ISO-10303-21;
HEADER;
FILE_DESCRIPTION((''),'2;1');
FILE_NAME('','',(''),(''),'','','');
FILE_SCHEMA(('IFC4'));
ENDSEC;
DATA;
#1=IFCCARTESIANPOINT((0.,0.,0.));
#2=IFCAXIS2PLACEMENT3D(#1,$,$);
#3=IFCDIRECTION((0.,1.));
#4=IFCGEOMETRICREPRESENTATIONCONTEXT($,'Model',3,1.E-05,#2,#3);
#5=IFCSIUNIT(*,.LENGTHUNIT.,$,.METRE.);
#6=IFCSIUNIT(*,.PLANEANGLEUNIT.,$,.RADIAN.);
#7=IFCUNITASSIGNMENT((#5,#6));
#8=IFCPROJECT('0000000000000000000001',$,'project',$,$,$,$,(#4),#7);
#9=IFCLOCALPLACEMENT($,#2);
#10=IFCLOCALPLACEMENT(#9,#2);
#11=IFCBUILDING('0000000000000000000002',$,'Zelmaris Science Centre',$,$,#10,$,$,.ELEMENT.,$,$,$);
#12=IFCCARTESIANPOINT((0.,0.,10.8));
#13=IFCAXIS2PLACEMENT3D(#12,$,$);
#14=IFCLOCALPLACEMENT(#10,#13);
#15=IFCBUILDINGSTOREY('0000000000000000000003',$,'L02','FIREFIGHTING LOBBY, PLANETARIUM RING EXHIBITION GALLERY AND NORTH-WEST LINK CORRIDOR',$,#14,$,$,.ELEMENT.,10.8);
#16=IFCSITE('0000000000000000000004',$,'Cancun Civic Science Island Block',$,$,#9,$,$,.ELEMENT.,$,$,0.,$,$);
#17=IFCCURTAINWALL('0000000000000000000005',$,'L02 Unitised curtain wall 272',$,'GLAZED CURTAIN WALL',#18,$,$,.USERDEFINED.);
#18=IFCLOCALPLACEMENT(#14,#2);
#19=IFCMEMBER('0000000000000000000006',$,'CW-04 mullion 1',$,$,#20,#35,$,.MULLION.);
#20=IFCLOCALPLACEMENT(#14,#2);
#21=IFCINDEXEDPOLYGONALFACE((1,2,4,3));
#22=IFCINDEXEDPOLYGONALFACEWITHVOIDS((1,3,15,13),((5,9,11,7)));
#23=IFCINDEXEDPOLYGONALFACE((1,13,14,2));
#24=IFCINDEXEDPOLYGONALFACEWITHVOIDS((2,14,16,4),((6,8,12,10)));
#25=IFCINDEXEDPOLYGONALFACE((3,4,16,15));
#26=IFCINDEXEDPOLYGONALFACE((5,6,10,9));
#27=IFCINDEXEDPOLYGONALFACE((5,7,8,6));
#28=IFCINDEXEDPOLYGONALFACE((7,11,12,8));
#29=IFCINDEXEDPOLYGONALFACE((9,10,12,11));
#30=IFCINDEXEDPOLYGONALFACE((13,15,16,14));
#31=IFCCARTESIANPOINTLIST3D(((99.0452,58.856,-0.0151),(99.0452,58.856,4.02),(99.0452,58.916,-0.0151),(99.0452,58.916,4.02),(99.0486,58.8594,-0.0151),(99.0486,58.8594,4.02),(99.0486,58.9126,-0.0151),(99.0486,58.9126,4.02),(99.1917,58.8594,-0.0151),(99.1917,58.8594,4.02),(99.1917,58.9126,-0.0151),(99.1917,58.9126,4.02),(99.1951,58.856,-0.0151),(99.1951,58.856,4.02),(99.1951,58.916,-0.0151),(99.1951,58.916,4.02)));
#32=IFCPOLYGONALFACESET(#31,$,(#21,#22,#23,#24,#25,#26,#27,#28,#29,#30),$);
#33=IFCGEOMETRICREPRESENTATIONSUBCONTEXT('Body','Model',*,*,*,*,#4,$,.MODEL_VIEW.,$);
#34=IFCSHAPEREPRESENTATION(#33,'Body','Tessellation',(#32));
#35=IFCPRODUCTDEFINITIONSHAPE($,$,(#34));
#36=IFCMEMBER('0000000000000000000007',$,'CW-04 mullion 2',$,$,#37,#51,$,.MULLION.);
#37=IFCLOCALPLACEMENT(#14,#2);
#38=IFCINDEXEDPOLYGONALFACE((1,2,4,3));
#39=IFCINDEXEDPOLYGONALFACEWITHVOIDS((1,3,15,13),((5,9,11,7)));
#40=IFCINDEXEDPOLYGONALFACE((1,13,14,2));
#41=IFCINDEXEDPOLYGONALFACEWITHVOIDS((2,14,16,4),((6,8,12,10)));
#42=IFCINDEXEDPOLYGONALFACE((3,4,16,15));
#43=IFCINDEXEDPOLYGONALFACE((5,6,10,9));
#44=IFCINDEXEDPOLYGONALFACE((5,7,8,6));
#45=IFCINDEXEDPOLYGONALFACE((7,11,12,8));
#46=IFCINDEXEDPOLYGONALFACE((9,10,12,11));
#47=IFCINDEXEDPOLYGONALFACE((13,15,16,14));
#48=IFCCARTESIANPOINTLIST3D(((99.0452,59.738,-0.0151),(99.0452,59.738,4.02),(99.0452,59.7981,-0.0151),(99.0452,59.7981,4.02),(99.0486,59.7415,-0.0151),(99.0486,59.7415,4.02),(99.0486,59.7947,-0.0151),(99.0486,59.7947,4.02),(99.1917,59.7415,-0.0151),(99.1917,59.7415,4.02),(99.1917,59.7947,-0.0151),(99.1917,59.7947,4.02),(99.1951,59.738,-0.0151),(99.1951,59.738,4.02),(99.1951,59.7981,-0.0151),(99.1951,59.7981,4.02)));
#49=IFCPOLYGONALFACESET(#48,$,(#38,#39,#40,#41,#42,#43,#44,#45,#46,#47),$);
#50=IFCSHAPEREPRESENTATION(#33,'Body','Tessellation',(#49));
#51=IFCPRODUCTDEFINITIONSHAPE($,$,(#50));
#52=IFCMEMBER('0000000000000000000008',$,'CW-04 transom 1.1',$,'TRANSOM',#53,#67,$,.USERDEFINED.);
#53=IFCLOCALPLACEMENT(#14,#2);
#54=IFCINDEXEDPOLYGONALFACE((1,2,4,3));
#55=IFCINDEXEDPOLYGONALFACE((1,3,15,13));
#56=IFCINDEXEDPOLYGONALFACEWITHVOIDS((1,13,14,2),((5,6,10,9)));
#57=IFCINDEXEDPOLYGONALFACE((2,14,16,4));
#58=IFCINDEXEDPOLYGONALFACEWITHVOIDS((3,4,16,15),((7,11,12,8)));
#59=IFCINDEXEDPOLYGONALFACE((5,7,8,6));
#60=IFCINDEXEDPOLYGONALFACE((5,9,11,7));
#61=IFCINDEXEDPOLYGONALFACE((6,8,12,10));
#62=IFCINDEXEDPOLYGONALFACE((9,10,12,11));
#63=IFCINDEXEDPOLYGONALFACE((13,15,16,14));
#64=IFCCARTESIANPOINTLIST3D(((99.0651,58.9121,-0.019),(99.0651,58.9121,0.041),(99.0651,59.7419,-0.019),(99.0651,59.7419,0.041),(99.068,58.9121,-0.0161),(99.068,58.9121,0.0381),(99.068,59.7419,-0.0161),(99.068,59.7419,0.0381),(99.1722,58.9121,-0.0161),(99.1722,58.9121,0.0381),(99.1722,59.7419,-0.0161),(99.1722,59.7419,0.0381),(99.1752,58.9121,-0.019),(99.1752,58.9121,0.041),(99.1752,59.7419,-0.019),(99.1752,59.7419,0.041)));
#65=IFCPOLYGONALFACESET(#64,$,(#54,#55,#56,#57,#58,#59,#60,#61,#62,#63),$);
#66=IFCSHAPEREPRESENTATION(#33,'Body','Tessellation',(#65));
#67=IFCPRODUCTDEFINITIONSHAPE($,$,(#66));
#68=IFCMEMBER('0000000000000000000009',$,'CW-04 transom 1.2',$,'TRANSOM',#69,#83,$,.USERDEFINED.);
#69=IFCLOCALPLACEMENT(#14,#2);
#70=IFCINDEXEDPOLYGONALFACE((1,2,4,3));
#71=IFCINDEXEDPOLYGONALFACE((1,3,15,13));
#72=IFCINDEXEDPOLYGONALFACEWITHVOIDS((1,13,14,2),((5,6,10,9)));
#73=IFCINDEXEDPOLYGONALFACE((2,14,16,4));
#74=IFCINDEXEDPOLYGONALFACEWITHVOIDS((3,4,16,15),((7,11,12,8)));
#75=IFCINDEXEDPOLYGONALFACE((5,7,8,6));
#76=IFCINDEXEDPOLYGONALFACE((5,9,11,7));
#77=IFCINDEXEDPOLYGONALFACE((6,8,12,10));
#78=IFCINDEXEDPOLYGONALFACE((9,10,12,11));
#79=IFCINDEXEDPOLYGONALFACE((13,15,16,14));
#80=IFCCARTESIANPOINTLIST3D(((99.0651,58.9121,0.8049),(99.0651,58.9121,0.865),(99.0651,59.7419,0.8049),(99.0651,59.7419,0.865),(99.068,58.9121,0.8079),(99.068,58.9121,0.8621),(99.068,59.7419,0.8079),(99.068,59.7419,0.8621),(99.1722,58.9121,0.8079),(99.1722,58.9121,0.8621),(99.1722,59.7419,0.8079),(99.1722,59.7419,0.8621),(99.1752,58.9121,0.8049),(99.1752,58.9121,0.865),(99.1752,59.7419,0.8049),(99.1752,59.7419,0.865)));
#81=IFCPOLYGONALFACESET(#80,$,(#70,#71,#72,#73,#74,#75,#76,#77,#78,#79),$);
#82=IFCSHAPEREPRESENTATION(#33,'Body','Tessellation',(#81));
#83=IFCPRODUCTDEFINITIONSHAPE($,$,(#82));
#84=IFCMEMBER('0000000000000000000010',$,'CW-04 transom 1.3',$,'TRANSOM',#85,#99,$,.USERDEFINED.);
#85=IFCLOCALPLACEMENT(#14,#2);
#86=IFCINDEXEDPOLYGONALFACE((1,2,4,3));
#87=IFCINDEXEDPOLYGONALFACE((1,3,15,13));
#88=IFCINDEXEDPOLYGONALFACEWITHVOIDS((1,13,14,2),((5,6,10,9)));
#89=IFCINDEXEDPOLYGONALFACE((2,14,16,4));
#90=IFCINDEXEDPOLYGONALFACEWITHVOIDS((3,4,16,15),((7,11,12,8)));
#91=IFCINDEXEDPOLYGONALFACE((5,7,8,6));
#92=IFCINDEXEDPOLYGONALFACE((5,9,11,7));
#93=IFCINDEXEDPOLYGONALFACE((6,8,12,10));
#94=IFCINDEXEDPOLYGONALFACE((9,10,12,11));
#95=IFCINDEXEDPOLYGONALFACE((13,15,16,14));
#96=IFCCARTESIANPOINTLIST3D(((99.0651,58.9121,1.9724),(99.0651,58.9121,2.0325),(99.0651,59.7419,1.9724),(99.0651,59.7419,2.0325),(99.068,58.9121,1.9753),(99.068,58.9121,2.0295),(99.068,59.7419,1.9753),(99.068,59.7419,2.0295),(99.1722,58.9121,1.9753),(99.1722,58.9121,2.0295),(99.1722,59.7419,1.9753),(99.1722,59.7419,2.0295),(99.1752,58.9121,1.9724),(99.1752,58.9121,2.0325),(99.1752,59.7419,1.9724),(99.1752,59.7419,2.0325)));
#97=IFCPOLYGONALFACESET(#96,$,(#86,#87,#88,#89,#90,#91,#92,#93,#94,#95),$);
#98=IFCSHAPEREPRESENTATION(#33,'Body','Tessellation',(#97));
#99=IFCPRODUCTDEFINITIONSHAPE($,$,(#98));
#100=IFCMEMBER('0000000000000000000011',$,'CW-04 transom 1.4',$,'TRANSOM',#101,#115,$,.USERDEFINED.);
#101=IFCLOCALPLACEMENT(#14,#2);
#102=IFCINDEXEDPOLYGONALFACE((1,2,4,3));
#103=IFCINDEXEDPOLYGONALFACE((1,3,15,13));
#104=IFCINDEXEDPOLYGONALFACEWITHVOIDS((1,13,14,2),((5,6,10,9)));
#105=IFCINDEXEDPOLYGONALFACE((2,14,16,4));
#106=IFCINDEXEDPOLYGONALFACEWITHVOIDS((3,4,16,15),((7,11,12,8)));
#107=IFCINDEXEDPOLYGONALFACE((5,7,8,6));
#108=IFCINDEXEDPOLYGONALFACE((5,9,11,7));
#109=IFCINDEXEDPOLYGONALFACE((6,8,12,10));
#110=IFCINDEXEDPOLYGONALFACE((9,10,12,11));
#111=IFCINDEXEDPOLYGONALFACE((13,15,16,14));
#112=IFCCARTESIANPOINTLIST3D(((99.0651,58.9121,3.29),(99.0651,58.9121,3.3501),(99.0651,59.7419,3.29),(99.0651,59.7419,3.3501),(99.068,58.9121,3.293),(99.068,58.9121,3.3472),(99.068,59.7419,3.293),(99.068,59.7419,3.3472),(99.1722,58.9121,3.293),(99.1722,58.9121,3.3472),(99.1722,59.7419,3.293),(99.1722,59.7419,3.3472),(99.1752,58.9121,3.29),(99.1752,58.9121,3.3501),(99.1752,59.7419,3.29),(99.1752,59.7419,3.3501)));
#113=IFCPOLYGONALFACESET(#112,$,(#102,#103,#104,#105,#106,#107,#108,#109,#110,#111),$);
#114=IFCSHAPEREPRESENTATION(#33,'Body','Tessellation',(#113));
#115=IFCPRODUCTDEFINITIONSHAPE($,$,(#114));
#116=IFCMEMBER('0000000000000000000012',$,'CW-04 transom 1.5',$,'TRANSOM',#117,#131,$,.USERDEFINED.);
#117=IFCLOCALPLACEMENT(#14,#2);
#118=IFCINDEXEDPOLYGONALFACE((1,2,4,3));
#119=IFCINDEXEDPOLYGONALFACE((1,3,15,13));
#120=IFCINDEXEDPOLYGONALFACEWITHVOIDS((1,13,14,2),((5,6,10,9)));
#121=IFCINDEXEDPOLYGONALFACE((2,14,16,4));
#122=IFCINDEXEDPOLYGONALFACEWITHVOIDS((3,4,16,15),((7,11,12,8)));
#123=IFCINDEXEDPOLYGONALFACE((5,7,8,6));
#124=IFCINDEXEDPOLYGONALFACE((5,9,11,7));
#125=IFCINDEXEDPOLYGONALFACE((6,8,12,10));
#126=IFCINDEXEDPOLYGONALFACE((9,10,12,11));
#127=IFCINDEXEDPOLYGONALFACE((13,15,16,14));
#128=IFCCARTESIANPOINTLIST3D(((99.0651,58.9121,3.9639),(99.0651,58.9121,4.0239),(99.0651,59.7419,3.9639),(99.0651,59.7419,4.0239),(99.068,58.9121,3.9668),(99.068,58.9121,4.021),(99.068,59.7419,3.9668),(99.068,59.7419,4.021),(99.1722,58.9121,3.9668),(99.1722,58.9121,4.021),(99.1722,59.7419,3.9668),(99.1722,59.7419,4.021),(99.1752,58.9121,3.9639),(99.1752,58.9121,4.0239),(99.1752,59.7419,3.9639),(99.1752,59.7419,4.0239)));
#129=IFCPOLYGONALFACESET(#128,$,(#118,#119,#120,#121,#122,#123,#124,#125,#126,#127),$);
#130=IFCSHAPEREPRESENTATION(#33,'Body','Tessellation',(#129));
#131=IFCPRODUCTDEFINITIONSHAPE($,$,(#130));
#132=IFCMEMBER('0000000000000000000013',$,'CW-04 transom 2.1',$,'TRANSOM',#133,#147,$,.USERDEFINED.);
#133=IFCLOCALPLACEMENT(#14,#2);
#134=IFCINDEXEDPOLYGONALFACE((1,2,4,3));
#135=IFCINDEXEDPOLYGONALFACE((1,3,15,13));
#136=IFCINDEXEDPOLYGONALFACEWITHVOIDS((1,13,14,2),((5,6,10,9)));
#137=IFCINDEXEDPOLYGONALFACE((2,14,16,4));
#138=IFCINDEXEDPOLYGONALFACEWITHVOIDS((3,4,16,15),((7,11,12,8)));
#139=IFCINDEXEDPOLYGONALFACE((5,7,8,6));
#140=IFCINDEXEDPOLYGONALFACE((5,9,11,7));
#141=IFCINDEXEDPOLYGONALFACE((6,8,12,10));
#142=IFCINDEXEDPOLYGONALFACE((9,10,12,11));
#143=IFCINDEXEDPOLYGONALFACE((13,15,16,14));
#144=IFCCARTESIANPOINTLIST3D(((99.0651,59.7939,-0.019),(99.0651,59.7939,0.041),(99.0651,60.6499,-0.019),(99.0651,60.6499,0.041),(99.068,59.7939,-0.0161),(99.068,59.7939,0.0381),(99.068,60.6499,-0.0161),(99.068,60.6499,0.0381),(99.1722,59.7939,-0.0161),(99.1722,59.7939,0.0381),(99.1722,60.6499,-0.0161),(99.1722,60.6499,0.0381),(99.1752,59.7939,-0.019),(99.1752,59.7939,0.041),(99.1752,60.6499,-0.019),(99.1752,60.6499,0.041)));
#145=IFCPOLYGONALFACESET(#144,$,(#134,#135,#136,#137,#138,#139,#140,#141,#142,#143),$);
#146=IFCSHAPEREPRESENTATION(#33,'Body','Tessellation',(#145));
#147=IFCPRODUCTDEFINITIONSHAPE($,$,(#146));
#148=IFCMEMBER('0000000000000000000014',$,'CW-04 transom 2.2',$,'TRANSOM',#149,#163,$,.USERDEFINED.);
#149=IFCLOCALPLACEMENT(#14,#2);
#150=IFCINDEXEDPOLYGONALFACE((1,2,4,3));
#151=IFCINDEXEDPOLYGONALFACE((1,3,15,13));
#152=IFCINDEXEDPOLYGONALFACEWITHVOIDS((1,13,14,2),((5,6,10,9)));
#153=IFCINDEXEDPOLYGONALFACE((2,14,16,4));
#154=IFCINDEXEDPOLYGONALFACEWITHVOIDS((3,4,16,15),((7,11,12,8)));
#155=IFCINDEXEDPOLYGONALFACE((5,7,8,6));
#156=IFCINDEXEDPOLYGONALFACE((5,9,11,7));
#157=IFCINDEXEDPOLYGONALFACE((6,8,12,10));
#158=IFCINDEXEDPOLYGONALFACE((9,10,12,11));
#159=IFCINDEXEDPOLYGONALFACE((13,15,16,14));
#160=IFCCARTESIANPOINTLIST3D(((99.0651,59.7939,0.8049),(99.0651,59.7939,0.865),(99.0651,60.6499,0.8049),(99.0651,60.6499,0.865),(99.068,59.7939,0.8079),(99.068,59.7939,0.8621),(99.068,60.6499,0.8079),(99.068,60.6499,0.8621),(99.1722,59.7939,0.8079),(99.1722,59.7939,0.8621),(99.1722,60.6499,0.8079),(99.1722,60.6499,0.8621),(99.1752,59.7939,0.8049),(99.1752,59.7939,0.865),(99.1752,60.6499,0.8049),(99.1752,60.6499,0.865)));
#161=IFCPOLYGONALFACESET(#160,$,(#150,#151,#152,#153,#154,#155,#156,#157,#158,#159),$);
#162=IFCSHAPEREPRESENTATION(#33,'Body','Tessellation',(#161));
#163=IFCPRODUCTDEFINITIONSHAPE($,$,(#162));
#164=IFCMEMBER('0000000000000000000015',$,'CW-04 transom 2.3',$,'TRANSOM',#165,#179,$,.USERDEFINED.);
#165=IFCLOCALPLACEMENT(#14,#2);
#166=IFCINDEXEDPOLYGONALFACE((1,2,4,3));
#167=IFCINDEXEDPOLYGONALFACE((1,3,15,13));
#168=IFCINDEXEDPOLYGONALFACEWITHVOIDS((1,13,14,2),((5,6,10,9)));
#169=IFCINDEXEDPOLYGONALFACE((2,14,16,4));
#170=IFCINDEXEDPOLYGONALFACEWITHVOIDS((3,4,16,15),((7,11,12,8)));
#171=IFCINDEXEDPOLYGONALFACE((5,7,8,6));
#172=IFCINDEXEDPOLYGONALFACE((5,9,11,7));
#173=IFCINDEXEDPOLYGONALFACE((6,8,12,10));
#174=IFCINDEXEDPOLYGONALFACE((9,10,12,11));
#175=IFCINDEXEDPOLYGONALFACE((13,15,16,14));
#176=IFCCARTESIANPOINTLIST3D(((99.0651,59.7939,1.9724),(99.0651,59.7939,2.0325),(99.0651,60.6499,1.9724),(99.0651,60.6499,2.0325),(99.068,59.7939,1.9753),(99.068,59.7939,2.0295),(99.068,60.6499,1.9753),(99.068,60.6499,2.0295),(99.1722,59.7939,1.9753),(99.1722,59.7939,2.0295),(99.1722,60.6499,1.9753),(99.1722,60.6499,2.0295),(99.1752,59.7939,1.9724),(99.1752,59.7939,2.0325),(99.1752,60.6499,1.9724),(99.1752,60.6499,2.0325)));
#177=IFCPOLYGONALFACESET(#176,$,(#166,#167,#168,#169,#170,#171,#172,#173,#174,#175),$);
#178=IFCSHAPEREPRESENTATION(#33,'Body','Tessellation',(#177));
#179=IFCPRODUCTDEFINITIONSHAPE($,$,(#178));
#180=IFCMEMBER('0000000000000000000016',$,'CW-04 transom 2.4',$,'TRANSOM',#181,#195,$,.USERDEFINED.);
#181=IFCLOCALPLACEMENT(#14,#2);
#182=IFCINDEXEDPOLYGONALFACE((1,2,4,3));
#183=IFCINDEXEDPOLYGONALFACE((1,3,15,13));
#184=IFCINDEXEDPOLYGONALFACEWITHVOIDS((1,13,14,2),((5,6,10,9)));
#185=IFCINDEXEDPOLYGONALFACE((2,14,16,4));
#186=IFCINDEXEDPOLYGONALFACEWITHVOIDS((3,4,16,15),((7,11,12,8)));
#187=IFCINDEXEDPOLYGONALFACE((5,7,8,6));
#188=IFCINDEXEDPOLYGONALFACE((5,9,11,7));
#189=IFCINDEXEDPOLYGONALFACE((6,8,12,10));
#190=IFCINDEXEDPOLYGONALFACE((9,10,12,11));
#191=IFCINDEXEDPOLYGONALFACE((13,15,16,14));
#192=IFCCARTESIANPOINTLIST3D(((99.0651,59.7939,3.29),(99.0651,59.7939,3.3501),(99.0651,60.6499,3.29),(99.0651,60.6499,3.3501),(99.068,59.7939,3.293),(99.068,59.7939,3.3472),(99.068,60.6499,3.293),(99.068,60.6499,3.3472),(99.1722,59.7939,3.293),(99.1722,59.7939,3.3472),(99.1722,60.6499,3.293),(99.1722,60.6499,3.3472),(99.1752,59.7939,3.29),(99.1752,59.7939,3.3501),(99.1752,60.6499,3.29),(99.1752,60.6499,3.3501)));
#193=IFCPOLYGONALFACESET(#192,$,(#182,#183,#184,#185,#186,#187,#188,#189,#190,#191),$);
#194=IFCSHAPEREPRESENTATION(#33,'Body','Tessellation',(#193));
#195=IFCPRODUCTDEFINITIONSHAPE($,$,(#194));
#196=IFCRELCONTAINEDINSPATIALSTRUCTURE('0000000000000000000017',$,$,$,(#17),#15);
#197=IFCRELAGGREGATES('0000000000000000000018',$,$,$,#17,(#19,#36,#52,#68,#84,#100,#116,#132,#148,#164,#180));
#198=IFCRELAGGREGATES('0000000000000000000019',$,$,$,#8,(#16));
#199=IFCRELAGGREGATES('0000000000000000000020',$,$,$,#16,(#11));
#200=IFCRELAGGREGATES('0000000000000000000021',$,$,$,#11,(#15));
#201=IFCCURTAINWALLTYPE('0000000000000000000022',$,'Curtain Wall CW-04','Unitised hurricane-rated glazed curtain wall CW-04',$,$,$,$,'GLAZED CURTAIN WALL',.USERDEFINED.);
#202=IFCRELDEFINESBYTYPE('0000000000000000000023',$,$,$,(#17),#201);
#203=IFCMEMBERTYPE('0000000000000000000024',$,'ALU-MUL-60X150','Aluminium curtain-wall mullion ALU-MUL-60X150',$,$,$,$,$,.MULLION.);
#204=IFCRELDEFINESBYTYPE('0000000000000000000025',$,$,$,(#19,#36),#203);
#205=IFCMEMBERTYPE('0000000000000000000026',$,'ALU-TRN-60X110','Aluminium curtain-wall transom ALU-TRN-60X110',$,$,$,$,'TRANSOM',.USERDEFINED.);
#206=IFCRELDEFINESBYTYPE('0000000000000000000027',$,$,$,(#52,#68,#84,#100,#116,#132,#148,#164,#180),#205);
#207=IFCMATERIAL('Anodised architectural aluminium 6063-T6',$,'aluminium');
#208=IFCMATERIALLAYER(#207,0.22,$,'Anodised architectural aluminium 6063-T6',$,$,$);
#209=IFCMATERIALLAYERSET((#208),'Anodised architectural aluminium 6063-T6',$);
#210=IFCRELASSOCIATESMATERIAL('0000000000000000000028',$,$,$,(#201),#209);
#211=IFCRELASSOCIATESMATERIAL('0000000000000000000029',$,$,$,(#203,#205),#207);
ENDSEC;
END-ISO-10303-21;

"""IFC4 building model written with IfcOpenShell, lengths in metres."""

from ifc_helpers import new_model, si_unit, direction, frame, origin, origin_2d, place, context, subcontext, project, spatial, hollow_rectangle, extrude, material, layer, layer_set, material_profile, profile_set, type_object, element, aggregate, save


model = new_model("IFC4")

# Units and contexts
model_context = context("Model", 3, precision=1e-05, world=origin(), true_north=direction((0.0, 1.0)))
body_context = subcontext(model_context, "Body", "Model", "MODEL_VIEW")
ifc_project = project(units=[si_unit("LENGTHUNIT", "METRE"), si_unit("PLANEANGLEUNIT", "RADIAN")], contexts=[model_context])

# Site, building, storey
site_placement = place(None, origin())
site = spatial("IfcSite", under=ifc_project, at=site_placement, Name="Cancun Civic Science Island Block", CompositionType="ELEMENT", RefElevation=0.0)
building_placement = place(site_placement, origin())
building = spatial("IfcBuilding", under=site, at=building_placement, Name="Zelmaris Science Centre", CompositionType="ELEMENT")
storey_placement = place(building_placement, frame((0.0, 0.0, 10.8)))
storey = spatial("IfcBuildingStorey", under=building, at=storey_placement, Name="L02", Description="FIREFIGHTING LOBBY, PLANETARIUM RING EXHIBITION GALLERY AND NORTH-WEST LINK CORRIDOR", CompositionType="ELEMENT", Elevation=10.8)

# Curtain wall, members
ifc_material_1 = material(Name="Anodised architectural aluminium 6063-T6", Category="aluminium")
ifc_layer_1 = layer(ifc_material_1, 0.22, Name="Anodised architectural aluminium 6063-T6")
ifc_layer_set_1 = layer_set([ifc_layer_1], Name="Anodised architectural aluminium 6063-T6")
curtain_wall_type_1 = type_object("IfcCurtainWallType", Name="Curtain Wall CW-04", Description="Unitised hurricane-rated glazed curtain wall CW-04", ElementType="GLAZED CURTAIN WALL", PredefinedType="USERDEFINED", material=ifc_layer_set_1)
curtain_wall_1_placement = place(storey_placement, origin())
curtain_wall_1 = element("IfcCurtainWall", 1, at=curtain_wall_1_placement, inside=storey, type_object=curtain_wall_type_1, Name="L02 Unitised curtain wall 272", ObjectType="GLAZED CURTAIN WALL", PredefinedType="USERDEFINED")
ifc_material_profile_1 = material_profile(ifc_material_1, hollow_rectangle(XDim=0.0601, YDim=0.1499, WallThickness=0.0034, at=origin_2d()), Name="ALU-MUL-60X150")
ifc_profile_set_1 = profile_set([ifc_material_profile_1], Name="Anodised architectural aluminium 6063-T6")
member_type_1 = type_object("IfcMemberType", Name="ALU-MUL-60X150", Description="Aluminium curtain-wall mullion ALU-MUL-60X150", PredefinedType="MULLION", material=ifc_profile_set_1)
member_1_placement = place(storey_placement, frame((99.1201, 58.886, -0.0151), z_axis=(0.0, 0.0, 1.0), x_axis=(-0.000005, 1.0, 0.0)))
member_1 = element("IfcMember", 2, at=member_1_placement, type_object=member_type_1, Name="CW-04 mullion 1", PredefinedType="MULLION", context=body_context, shape_type="SweptSolid", body=[
    extrude(hollow_rectangle(XDim=0.0601, YDim=0.1499, WallThickness=0.0034, at=origin_2d()), origin(), (0.0, 0.0, 1.0), 4.0352),
])
member_2_placement = place(storey_placement, frame((99.1201, 59.7681, -0.0151), z_axis=(0.0, 0.0, 1.0), x_axis=(-0.000005, 1.0, 0.0)))
member_2 = element("IfcMember", 3, at=member_2_placement, type_object=member_type_1, Name="CW-04 mullion 2", PredefinedType="MULLION", context=body_context, shape_type="SweptSolid", body=[
    extrude(hollow_rectangle(XDim=0.0601, YDim=0.1499, WallThickness=0.0034, at=origin_2d()), origin(), (0.0, 0.0, 1.0), 4.0352),
])
ifc_material_profile_2 = material_profile(ifc_material_1, hollow_rectangle(XDim=0.0601, YDim=0.1101, WallThickness=0.0029, at=origin_2d()), Name="ALU-TRN-60X110")
ifc_profile_set_2 = profile_set([ifc_material_profile_2], Name="Anodised architectural aluminium 6063-T6")
member_type_2 = type_object("IfcMemberType", Name="ALU-TRN-60X110", Description="Aluminium curtain-wall transom ALU-TRN-60X110", ElementType="TRANSOM", PredefinedType="USERDEFINED", material=ifc_profile_set_2)
member_3_placement = place(storey_placement, frame((99.1201, 58.9121, 0.011), z_axis=(0.0, 1.0, 0.0), x_axis=(0.0, 0.0, 1.0)))
member_3 = element("IfcMember", 4, at=member_3_placement, type_object=member_type_2, Name="CW-04 transom 1.1", ObjectType="TRANSOM", PredefinedType="USERDEFINED", context=body_context, shape_type="SweptSolid", body=[
    extrude(hollow_rectangle(XDim=0.0601, YDim=0.1101, WallThickness=0.0029, at=origin_2d()), origin(), (0.0, 0.0, 1.0), 0.8298),
])
member_4_placement = place(storey_placement, frame((99.1201, 58.9121, 0.835), z_axis=(0.0, 1.0, 0.0), x_axis=(0.0, 0.0, 1.0)))
member_4 = element("IfcMember", 5, at=member_4_placement, type_object=member_type_2, Name="CW-04 transom 1.2", ObjectType="TRANSOM", PredefinedType="USERDEFINED", context=body_context, shape_type="SweptSolid", body=[
    extrude(hollow_rectangle(XDim=0.0601, YDim=0.1101, WallThickness=0.0029, at=origin_2d()), origin(), (0.0, 0.0, 1.0), 0.8298),
])
member_5_placement = place(storey_placement, frame((99.1201, 58.9121, 2.0024), z_axis=(0.0, 1.0, 0.0), x_axis=(0.0, 0.0, 1.0)))
member_5 = element("IfcMember", 6, at=member_5_placement, type_object=member_type_2, Name="CW-04 transom 1.3", ObjectType="TRANSOM", PredefinedType="USERDEFINED", context=body_context, shape_type="SweptSolid", body=[
    extrude(hollow_rectangle(XDim=0.0601, YDim=0.1101, WallThickness=0.0029, at=origin_2d()), origin(), (0.0, 0.0, 1.0), 0.8298),
])
member_6_placement = place(storey_placement, frame((99.1201, 58.9121, 3.3201), z_axis=(0.0, 1.0, 0.0), x_axis=(0.0, 0.0, 1.0)))
member_6 = element("IfcMember", 7, at=member_6_placement, type_object=member_type_2, Name="CW-04 transom 1.4", ObjectType="TRANSOM", PredefinedType="USERDEFINED", context=body_context, shape_type="SweptSolid", body=[
    extrude(hollow_rectangle(XDim=0.0601, YDim=0.1101, WallThickness=0.0029, at=origin_2d()), origin(), (0.0, 0.0, 1.0), 0.8298),
])
member_7_placement = place(storey_placement, frame((99.1201, 58.9121, 3.9939), z_axis=(0.0, 1.0, 0.0), x_axis=(0.0, 0.0, 1.0)))
member_7 = element("IfcMember", 8, at=member_7_placement, type_object=member_type_2, Name="CW-04 transom 1.5", ObjectType="TRANSOM", PredefinedType="USERDEFINED", context=body_context, shape_type="SweptSolid", body=[
    extrude(hollow_rectangle(XDim=0.0601, YDim=0.1101, WallThickness=0.0029, at=origin_2d()), origin(), (0.0, 0.0, 1.0), 0.8298),
])
member_8_placement = place(storey_placement, frame((99.1201, 59.7939, 0.011), z_axis=(0.0, 1.0, 0.0), x_axis=(0.0, 0.0, 1.0)))
member_8 = element("IfcMember", 9, at=member_8_placement, type_object=member_type_2, Name="CW-04 transom 2.1", ObjectType="TRANSOM", PredefinedType="USERDEFINED", context=body_context, shape_type="SweptSolid", body=[
    extrude(hollow_rectangle(XDim=0.0601, YDim=0.1101, WallThickness=0.0029, at=origin_2d()), origin(), (0.0, 0.0, 1.0), 0.856),
])
member_9_placement = place(storey_placement, frame((99.1201, 59.7939, 0.835), z_axis=(0.0, 1.0, 0.0), x_axis=(0.0, 0.0, 1.0)))
member_9 = element("IfcMember", 10, at=member_9_placement, type_object=member_type_2, Name="CW-04 transom 2.2", ObjectType="TRANSOM", PredefinedType="USERDEFINED", context=body_context, shape_type="SweptSolid", body=[
    extrude(hollow_rectangle(XDim=0.0601, YDim=0.1101, WallThickness=0.0029, at=origin_2d()), origin(), (0.0, 0.0, 1.0), 0.856),
])
member_10_placement = place(storey_placement, frame((99.1201, 59.7939, 2.0024), z_axis=(0.0, 1.0, 0.0), x_axis=(0.0, 0.0, 1.0)))
member_10 = element("IfcMember", 11, at=member_10_placement, type_object=member_type_2, Name="CW-04 transom 2.3", ObjectType="TRANSOM", PredefinedType="USERDEFINED", context=body_context, shape_type="SweptSolid", body=[
    extrude(hollow_rectangle(XDim=0.0601, YDim=0.1101, WallThickness=0.0029, at=origin_2d()), origin(), (0.0, 0.0, 1.0), 0.856),
])
member_11_placement = place(storey_placement, frame((99.1201, 59.7939, 3.3201), z_axis=(0.0, 1.0, 0.0), x_axis=(0.0, 0.0, 1.0)))
member_11 = element("IfcMember", 12, at=member_11_placement, type_object=member_type_2, Name="CW-04 transom 2.4", ObjectType="TRANSOM", PredefinedType="USERDEFINED", context=body_context, shape_type="SweptSolid", body=[
    extrude(hollow_rectangle(XDim=0.0601, YDim=0.1101, WallThickness=0.0029, at=origin_2d()), origin(), (0.0, 0.0, 1.0), 0.856),
])

aggregate(curtain_wall_1, [member_1, member_2, member_3, member_4, member_5, member_6, member_7, member_8, member_9, member_10, member_11])

save(model, "model.ifc")
